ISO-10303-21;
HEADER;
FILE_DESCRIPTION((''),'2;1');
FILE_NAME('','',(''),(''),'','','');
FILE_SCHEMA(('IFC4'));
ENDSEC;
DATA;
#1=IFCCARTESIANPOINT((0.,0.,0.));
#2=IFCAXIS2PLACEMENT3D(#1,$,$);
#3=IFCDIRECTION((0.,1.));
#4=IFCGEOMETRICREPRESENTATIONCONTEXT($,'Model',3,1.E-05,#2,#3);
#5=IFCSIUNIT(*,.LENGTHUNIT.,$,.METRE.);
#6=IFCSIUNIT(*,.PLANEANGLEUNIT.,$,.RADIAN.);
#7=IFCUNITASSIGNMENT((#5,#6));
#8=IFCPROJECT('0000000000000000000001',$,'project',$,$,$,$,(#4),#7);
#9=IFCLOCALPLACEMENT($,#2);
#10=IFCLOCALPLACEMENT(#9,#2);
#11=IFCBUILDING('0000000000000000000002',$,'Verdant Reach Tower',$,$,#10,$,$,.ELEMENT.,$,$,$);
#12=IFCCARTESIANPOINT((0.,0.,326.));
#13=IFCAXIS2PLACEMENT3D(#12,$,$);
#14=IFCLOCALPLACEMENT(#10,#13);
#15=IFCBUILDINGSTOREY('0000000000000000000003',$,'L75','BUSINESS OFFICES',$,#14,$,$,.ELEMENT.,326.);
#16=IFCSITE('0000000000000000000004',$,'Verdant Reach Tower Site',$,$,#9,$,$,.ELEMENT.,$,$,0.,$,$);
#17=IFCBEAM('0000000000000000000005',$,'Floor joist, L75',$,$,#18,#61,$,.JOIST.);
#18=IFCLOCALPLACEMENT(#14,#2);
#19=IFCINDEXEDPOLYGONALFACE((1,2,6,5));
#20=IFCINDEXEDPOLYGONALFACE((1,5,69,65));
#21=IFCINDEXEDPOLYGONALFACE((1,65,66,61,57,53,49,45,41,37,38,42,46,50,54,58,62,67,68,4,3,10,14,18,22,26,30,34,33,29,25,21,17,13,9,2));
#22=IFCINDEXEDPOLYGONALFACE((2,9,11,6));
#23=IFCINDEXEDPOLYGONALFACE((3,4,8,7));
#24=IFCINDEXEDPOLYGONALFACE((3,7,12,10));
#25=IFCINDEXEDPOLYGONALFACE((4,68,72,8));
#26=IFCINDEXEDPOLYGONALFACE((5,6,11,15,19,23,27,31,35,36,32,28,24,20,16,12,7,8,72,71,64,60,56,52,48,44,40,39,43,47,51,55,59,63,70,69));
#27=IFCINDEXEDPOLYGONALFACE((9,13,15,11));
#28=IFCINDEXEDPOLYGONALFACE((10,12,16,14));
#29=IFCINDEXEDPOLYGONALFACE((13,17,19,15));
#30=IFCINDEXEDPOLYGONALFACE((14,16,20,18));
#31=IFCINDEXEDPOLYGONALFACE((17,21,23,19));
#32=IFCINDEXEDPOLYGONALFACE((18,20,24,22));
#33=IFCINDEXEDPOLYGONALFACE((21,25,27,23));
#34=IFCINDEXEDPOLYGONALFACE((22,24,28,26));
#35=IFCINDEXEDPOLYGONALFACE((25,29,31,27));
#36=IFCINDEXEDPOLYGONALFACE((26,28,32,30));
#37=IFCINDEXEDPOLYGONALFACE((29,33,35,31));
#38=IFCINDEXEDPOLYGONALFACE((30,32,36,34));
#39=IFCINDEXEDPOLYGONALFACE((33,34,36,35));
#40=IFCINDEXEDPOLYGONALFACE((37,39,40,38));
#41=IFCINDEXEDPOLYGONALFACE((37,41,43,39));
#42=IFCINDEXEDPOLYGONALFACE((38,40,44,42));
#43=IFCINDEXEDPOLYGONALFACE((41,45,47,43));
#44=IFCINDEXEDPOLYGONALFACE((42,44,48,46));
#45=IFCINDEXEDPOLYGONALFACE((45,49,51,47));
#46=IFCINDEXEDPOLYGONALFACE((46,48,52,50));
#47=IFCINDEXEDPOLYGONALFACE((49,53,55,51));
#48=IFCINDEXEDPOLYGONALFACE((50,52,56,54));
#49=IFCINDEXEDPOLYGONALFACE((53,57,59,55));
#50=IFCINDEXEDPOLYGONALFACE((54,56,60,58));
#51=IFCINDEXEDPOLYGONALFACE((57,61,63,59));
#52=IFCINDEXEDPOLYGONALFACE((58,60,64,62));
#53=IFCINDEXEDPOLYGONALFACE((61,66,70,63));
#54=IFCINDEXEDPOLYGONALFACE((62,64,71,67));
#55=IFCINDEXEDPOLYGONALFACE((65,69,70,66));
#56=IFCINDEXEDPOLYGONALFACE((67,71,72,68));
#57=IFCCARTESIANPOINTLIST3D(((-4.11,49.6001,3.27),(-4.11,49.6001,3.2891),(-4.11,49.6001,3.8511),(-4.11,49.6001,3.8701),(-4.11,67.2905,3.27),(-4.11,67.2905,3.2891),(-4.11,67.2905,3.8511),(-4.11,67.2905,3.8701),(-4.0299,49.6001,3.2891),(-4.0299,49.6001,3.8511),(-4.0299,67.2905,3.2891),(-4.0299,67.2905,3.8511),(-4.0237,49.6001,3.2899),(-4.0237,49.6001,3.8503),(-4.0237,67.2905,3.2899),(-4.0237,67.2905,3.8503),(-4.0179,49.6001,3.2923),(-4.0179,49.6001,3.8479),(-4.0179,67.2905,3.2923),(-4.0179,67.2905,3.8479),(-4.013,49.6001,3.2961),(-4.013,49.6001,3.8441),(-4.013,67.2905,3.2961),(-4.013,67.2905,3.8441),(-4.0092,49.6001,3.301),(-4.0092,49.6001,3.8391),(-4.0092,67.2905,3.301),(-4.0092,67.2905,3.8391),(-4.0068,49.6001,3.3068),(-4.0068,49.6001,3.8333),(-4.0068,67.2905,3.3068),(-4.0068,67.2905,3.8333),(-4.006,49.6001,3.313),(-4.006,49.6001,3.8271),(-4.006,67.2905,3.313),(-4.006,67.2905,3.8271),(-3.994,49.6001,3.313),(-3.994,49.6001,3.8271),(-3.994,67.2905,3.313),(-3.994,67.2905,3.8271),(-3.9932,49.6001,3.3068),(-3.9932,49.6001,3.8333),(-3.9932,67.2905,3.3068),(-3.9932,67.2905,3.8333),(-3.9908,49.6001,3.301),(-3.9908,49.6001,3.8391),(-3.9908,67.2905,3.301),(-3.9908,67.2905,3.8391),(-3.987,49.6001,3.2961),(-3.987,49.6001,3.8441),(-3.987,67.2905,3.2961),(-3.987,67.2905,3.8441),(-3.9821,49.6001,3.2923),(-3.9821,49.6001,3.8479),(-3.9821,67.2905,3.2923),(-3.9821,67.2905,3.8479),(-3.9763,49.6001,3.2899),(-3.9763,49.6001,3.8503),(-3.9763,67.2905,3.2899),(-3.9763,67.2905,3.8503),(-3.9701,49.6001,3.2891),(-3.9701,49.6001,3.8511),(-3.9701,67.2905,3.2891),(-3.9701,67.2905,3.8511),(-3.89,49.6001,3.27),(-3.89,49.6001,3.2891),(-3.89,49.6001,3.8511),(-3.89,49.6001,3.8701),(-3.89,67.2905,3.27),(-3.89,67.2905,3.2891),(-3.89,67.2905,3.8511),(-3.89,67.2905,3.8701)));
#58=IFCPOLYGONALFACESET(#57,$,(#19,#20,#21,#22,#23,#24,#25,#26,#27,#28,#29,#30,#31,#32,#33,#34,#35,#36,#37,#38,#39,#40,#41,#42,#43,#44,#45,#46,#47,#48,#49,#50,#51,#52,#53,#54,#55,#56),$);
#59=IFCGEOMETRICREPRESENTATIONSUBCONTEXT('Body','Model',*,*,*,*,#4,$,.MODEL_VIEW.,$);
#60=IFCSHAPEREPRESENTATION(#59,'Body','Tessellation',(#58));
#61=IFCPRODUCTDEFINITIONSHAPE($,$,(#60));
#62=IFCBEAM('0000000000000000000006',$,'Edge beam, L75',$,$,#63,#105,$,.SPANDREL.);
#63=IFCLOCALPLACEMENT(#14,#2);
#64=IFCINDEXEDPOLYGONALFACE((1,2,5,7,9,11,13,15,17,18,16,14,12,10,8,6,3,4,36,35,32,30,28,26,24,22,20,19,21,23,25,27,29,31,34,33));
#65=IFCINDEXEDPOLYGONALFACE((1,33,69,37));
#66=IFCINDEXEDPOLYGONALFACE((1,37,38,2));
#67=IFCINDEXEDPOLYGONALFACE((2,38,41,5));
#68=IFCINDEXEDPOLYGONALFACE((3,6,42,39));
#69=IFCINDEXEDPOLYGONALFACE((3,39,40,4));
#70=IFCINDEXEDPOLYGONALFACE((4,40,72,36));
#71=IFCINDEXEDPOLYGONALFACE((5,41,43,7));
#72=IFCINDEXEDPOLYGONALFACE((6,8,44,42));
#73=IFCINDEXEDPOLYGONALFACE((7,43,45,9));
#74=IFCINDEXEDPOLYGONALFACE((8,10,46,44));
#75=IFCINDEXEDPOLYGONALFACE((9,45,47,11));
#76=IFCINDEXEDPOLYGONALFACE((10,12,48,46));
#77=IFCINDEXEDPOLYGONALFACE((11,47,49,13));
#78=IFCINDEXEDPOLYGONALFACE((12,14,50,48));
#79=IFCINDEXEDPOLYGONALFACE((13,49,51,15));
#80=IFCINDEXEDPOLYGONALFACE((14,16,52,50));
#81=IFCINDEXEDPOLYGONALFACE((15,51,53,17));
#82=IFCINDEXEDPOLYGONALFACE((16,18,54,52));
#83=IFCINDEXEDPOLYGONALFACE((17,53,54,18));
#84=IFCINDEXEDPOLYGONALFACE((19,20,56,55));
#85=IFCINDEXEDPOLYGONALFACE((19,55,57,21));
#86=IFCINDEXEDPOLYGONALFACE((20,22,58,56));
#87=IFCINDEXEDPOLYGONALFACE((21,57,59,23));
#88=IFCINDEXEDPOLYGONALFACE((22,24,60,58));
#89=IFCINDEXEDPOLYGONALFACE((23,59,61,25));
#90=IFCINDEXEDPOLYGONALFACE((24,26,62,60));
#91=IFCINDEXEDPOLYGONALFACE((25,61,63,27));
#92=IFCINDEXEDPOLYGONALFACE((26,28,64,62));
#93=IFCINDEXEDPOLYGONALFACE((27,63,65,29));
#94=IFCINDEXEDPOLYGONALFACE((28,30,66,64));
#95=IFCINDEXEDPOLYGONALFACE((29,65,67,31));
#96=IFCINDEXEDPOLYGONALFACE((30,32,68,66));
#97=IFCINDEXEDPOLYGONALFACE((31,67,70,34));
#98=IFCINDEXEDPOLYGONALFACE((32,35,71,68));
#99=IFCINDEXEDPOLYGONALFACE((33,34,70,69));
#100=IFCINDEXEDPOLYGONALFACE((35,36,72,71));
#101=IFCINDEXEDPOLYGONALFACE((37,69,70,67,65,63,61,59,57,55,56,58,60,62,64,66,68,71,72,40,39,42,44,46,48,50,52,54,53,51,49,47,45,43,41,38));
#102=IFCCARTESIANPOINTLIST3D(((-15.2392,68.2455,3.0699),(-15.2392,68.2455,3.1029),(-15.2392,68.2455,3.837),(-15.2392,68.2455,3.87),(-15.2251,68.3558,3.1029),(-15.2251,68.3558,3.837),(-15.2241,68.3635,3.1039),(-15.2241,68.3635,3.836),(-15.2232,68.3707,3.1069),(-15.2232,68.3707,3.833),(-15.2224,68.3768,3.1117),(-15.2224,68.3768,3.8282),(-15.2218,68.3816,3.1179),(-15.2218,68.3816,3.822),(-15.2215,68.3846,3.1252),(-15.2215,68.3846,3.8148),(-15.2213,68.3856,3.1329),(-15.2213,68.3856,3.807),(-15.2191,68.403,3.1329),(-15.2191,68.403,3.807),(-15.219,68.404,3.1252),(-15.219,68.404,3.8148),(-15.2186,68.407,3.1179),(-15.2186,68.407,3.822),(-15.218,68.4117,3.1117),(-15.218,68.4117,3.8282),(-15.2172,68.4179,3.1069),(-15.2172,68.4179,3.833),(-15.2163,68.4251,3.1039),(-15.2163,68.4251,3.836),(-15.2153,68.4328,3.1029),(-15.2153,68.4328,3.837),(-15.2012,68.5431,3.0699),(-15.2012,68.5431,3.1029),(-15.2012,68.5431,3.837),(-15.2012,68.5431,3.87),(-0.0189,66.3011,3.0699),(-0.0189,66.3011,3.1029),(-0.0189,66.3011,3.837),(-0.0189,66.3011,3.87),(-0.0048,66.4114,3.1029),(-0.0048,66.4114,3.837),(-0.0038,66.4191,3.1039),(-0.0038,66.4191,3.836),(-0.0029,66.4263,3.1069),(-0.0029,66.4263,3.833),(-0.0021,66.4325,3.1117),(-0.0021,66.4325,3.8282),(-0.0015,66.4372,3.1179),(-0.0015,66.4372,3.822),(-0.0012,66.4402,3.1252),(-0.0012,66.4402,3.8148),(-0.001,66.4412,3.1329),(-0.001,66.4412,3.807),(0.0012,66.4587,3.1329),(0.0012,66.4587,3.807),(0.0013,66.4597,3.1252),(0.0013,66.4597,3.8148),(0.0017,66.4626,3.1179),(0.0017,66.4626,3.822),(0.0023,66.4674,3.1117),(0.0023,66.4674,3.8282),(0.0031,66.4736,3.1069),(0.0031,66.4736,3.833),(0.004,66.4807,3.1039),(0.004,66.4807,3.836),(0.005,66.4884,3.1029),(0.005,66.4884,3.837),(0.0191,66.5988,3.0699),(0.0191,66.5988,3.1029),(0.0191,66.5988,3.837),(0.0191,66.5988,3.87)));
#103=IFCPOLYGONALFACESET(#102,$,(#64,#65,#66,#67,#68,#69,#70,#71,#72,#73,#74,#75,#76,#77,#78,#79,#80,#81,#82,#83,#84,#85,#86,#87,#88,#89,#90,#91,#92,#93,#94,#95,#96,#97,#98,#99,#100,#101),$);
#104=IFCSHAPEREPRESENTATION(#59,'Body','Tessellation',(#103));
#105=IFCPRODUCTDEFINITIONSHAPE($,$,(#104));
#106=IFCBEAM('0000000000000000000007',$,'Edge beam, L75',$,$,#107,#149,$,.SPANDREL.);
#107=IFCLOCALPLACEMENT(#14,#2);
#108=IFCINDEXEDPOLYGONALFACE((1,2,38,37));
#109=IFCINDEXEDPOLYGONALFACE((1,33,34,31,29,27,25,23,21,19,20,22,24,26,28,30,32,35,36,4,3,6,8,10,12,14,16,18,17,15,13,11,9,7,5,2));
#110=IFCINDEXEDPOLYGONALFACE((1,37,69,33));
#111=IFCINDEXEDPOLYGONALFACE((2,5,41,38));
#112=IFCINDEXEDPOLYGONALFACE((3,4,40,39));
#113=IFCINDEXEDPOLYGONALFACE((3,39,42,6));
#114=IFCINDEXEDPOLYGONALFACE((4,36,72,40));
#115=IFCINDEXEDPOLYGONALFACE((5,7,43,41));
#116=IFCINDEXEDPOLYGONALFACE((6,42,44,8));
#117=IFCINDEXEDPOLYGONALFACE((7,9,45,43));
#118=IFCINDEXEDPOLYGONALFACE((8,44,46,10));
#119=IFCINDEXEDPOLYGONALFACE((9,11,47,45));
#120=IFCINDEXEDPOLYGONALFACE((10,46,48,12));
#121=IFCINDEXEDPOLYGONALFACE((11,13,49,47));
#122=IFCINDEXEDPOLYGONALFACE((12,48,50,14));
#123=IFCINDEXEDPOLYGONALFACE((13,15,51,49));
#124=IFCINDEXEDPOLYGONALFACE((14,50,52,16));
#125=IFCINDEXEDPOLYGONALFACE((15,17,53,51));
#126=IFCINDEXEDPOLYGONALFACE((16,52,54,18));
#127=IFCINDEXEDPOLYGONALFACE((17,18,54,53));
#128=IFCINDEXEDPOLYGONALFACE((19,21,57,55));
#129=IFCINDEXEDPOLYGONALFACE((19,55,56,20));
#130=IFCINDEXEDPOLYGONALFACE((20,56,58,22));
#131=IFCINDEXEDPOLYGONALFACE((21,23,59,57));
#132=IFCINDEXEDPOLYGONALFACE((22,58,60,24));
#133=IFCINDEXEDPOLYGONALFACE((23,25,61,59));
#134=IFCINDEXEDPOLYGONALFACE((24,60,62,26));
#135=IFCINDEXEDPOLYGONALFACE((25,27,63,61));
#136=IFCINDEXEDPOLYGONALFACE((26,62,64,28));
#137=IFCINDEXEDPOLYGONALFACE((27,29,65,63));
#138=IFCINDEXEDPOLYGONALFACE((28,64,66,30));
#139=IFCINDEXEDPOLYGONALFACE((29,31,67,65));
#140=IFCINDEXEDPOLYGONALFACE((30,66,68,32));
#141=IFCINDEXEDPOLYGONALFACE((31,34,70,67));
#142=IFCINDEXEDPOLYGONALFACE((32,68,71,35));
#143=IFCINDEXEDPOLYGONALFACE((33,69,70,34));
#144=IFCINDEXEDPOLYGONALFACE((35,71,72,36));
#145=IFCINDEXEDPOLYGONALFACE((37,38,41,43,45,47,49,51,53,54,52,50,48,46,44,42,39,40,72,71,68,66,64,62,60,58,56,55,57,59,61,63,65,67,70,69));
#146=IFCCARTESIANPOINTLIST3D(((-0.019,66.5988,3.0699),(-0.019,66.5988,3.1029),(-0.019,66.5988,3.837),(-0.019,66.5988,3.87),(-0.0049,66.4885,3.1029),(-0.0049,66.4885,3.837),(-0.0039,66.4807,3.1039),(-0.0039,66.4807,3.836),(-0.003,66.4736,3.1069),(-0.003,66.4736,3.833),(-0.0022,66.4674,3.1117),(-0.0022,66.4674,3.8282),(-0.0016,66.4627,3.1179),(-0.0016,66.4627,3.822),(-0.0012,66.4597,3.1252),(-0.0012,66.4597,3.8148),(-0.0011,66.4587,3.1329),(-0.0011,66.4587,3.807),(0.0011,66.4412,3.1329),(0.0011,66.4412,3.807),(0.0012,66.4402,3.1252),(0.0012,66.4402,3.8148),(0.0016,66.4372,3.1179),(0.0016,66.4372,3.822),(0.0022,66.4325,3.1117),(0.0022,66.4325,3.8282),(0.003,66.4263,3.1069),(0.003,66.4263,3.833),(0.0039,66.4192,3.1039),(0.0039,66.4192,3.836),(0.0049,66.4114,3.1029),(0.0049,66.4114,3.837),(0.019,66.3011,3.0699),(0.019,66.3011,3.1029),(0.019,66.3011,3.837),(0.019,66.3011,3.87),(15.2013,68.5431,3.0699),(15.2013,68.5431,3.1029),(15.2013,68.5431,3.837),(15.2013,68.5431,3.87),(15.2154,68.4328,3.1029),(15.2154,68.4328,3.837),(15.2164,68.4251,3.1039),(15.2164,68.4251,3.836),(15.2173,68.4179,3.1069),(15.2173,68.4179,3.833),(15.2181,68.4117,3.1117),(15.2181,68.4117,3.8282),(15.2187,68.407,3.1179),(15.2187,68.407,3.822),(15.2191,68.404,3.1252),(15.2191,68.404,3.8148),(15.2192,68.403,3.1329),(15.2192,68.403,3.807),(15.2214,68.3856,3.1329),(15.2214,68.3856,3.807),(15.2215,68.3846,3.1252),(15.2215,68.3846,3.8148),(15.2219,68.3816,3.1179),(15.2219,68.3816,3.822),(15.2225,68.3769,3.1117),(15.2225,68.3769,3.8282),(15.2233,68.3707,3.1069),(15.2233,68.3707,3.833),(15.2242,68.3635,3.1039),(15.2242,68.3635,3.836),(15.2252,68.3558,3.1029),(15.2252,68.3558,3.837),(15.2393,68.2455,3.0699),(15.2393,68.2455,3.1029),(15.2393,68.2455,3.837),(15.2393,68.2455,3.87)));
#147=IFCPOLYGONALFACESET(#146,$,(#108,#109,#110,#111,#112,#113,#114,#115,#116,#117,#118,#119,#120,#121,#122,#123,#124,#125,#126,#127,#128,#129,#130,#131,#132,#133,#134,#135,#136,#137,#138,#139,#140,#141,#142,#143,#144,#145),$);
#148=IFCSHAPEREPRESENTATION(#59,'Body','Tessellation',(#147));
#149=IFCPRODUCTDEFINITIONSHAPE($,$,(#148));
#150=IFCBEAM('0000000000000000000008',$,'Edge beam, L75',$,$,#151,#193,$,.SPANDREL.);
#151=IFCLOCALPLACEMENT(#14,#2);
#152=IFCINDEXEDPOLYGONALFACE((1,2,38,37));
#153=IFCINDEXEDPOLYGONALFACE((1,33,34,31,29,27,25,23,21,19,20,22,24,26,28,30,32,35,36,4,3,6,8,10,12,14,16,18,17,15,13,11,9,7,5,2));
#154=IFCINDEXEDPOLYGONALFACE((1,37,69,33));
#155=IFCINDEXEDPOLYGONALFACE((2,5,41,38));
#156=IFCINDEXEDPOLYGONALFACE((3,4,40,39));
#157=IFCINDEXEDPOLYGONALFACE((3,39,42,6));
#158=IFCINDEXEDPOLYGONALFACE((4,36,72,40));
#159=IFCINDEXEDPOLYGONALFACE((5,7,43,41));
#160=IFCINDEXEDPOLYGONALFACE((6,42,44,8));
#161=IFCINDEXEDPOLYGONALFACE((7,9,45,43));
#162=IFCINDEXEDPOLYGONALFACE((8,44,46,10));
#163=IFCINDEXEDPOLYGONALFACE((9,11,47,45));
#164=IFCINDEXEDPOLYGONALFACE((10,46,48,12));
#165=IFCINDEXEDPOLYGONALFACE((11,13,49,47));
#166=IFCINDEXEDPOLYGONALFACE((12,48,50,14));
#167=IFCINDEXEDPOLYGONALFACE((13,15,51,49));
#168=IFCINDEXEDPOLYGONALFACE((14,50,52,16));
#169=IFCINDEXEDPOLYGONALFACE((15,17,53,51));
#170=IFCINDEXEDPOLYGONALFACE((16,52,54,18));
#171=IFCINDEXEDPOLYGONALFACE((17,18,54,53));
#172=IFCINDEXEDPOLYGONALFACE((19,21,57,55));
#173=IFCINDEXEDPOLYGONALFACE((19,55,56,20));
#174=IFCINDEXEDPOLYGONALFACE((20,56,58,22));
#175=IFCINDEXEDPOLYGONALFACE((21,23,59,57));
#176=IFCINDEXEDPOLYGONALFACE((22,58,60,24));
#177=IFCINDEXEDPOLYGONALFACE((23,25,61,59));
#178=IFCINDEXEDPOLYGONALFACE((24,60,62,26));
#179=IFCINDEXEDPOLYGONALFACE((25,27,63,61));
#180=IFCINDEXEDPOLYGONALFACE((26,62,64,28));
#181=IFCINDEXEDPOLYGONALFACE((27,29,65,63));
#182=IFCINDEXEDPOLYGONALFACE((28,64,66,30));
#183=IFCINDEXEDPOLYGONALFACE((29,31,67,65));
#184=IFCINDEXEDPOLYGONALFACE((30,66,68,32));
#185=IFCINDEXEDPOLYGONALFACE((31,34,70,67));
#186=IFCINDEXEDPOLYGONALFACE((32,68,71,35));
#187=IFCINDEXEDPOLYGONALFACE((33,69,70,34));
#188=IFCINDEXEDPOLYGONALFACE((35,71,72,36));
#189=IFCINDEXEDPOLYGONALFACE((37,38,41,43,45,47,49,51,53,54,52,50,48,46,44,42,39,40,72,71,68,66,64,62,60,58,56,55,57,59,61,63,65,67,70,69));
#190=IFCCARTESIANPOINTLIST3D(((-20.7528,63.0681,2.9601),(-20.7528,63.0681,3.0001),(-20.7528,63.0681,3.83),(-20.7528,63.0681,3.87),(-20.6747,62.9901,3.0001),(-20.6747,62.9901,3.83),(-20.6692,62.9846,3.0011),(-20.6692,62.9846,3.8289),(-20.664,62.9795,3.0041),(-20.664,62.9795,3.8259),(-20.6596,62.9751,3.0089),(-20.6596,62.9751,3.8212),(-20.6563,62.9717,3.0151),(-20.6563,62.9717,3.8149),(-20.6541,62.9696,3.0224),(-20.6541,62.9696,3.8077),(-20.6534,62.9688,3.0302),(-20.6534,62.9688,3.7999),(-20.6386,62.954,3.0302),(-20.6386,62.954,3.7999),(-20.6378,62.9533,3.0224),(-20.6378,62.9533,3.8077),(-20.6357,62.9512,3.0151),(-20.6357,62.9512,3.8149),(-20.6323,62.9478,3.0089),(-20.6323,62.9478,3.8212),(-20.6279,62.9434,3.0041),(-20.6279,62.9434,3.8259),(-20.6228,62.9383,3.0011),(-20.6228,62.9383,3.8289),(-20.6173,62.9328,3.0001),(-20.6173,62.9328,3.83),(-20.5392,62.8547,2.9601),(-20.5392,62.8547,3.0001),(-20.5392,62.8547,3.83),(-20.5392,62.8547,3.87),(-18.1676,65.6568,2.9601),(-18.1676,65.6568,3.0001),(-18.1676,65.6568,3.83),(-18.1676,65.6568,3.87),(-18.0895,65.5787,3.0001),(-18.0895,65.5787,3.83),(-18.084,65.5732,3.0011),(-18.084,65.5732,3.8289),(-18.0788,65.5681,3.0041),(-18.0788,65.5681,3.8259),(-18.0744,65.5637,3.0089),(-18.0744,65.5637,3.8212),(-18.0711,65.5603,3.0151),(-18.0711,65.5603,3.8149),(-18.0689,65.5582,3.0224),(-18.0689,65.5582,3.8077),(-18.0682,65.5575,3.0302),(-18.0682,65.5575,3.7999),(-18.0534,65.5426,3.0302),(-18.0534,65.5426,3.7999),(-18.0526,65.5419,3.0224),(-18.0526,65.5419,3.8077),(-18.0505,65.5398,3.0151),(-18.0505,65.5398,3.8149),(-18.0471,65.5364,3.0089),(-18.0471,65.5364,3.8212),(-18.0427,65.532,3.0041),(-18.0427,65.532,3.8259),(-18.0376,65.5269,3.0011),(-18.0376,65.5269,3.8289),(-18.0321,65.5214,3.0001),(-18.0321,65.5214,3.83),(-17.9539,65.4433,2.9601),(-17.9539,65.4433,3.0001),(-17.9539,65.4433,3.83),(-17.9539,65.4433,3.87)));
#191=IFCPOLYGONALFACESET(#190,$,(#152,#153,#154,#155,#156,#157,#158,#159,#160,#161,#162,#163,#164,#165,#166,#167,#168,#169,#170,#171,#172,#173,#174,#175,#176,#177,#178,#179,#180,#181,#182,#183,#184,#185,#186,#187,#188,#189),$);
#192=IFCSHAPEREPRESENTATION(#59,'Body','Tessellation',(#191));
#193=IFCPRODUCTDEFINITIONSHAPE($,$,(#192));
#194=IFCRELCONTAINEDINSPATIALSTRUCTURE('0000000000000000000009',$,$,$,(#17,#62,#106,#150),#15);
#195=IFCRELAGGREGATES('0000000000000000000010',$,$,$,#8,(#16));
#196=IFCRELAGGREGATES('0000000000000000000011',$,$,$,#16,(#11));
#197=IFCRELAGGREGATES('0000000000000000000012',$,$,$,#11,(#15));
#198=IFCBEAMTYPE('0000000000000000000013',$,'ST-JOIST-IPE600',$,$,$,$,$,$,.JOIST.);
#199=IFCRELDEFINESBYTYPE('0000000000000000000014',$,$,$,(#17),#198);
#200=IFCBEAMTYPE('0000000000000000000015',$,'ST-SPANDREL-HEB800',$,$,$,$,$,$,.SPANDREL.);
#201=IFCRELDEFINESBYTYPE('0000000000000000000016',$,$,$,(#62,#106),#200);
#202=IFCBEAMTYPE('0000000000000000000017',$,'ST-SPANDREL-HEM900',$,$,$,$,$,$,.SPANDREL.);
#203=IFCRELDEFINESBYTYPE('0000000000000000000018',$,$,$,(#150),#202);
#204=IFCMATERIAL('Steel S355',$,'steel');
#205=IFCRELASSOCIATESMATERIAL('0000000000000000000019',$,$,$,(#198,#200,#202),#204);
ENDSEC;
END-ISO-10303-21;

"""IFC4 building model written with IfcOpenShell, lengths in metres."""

from ifc_helpers import new_model, si_unit, direction, frame, origin, origin_2d, place, context, subcontext, project, spatial, i_section, extrude, material, material_profile, profile_set, type_object, element, save


model = new_model("IFC4")

# Units and contexts
model_context = context("Model", 3, precision=1e-05, world=origin(), true_north=direction((0.0, 1.0)))
body_context = subcontext(model_context, "Body", "Model", "MODEL_VIEW")
ifc_project = project(units=[si_unit("LENGTHUNIT", "METRE"), si_unit("PLANEANGLEUNIT", "RADIAN")], contexts=[model_context])

# Site, building, storey
site_placement = place(None, origin())
site = spatial("IfcSite", under=ifc_project, at=site_placement, Name="Verdant Reach Tower Site", CompositionType="ELEMENT", RefElevation=0.0)
building_placement = place(site_placement, origin())
building = spatial("IfcBuilding", under=site, at=building_placement, Name="Verdant Reach Tower", CompositionType="ELEMENT")
storey_placement = place(building_placement, frame((0.0, 0.0, 326.0)))
storey = spatial("IfcBuildingStorey", under=building, at=storey_placement, Name="L75", Description="BUSINESS OFFICES", CompositionType="ELEMENT", Elevation=326.0)

# Beams
ifc_material_1 = material(Name="Steel S355", Category="steel")
ifc_material_profile_1 = material_profile(ifc_material_1, i_section(OverallWidth=0.22, OverallDepth=0.6001, WebThickness=0.012, FlangeThickness=0.019, FilletRadius=0.0239, at=origin_2d()), Name="IPE 600")
ifc_profile_set_1 = profile_set([ifc_material_profile_1], Name="Steel S355")
beam_type_1 = type_object("IfcBeamType", Name="ST-JOIST-IPE600", PredefinedType="JOIST", material=ifc_profile_set_1)
beam_1_placement = place(storey_placement, frame((-4.0, 49.6001, 3.5701), z_axis=(0.0, 1.0, 0.0), x_axis=(-1.0, 0.0, 0.0)))
element("IfcBeam", 1, at=beam_1_placement, inside=storey, type_object=beam_type_1, Name="Floor joist, L75", PredefinedType="JOIST", context=body_context, shape_type="SweptSolid", body=[
    extrude(i_section(OverallWidth=0.22, OverallDepth=0.6001, WebThickness=0.012, FlangeThickness=0.019, FilletRadius=0.0239, at=origin_2d()), origin(), (0.0, 0.0, 1.0), 17.6904),
])
ifc_material_profile_2 = material_profile(ifc_material_1, i_section(OverallWidth=0.3, OverallDepth=0.8, WebThickness=0.0176, FlangeThickness=0.033, FilletRadius=0.03, at=origin_2d()), Name="HEB 800")
ifc_profile_set_2 = profile_set([ifc_material_profile_2], Name="Steel S355")
beam_type_2 = type_object("IfcBeamType", Name="ST-SPANDREL-HEB800", PredefinedType="SPANDREL", material=ifc_profile_set_2)
for number, where, z_axis, x_axis, name in (
    (2, (-15.2202, 68.3943, 3.47), (0.991939, -0.126717, 0.0), (0.126717, 0.991939, 0.0), "Edge beam, L75"),
    (3, (0.0, 66.45, 3.47), (0.991939, 0.126717, 0.0), (-0.126717, 0.991939, 0.0), "Edge beam, L75"),
):
    element("IfcBeam", number, at=place(storey_placement, frame(where, z_axis=z_axis, x_axis=x_axis)), inside=storey, type_object=beam_type_2, Name=name, PredefinedType="SPANDREL", context=body_context, shape_type="SweptSolid", body=[
        extrude(i_section(OverallWidth=0.3, OverallDepth=0.8, WebThickness=0.0176, FlangeThickness=0.033, FilletRadius=0.03, at=origin_2d()), origin(), (0.0, 0.0, 1.0), 15.344),
    ])
ifc_material_profile_3 = material_profile(ifc_material_1, i_section(OverallWidth=0.302, OverallDepth=0.9099, WebThickness=0.021, FlangeThickness=0.04, FilletRadius=0.03, at=origin_2d()), Name="HEM 900")
ifc_profile_set_3 = profile_set([ifc_material_profile_3], Name="Steel S355")
beam_type_3 = type_object("IfcBeamType", Name="ST-SPANDREL-HEM900", PredefinedType="SPANDREL", material=ifc_profile_set_3)
beam_2_placement = place(storey_placement, frame((-20.646, 62.9614, 3.415), z_axis=(0.706639, 0.707574, 0.0), x_axis=(-0.707574, 0.706639, 0.0)))
element("IfcBeam", 4, at=beam_2_placement, inside=storey, type_object=beam_type_3, Name="Edge beam, L75", PredefinedType="SPANDREL", context=body_context, shape_type="SweptSolid", body=[
    extrude(i_section(OverallWidth=0.302, OverallDepth=0.9099, WebThickness=0.021, FlangeThickness=0.04, FilletRadius=0.03, at=origin_2d()), origin(), (0.0, 0.0, 1.0), 3.6584),
])

save(model, "model.ifc")
